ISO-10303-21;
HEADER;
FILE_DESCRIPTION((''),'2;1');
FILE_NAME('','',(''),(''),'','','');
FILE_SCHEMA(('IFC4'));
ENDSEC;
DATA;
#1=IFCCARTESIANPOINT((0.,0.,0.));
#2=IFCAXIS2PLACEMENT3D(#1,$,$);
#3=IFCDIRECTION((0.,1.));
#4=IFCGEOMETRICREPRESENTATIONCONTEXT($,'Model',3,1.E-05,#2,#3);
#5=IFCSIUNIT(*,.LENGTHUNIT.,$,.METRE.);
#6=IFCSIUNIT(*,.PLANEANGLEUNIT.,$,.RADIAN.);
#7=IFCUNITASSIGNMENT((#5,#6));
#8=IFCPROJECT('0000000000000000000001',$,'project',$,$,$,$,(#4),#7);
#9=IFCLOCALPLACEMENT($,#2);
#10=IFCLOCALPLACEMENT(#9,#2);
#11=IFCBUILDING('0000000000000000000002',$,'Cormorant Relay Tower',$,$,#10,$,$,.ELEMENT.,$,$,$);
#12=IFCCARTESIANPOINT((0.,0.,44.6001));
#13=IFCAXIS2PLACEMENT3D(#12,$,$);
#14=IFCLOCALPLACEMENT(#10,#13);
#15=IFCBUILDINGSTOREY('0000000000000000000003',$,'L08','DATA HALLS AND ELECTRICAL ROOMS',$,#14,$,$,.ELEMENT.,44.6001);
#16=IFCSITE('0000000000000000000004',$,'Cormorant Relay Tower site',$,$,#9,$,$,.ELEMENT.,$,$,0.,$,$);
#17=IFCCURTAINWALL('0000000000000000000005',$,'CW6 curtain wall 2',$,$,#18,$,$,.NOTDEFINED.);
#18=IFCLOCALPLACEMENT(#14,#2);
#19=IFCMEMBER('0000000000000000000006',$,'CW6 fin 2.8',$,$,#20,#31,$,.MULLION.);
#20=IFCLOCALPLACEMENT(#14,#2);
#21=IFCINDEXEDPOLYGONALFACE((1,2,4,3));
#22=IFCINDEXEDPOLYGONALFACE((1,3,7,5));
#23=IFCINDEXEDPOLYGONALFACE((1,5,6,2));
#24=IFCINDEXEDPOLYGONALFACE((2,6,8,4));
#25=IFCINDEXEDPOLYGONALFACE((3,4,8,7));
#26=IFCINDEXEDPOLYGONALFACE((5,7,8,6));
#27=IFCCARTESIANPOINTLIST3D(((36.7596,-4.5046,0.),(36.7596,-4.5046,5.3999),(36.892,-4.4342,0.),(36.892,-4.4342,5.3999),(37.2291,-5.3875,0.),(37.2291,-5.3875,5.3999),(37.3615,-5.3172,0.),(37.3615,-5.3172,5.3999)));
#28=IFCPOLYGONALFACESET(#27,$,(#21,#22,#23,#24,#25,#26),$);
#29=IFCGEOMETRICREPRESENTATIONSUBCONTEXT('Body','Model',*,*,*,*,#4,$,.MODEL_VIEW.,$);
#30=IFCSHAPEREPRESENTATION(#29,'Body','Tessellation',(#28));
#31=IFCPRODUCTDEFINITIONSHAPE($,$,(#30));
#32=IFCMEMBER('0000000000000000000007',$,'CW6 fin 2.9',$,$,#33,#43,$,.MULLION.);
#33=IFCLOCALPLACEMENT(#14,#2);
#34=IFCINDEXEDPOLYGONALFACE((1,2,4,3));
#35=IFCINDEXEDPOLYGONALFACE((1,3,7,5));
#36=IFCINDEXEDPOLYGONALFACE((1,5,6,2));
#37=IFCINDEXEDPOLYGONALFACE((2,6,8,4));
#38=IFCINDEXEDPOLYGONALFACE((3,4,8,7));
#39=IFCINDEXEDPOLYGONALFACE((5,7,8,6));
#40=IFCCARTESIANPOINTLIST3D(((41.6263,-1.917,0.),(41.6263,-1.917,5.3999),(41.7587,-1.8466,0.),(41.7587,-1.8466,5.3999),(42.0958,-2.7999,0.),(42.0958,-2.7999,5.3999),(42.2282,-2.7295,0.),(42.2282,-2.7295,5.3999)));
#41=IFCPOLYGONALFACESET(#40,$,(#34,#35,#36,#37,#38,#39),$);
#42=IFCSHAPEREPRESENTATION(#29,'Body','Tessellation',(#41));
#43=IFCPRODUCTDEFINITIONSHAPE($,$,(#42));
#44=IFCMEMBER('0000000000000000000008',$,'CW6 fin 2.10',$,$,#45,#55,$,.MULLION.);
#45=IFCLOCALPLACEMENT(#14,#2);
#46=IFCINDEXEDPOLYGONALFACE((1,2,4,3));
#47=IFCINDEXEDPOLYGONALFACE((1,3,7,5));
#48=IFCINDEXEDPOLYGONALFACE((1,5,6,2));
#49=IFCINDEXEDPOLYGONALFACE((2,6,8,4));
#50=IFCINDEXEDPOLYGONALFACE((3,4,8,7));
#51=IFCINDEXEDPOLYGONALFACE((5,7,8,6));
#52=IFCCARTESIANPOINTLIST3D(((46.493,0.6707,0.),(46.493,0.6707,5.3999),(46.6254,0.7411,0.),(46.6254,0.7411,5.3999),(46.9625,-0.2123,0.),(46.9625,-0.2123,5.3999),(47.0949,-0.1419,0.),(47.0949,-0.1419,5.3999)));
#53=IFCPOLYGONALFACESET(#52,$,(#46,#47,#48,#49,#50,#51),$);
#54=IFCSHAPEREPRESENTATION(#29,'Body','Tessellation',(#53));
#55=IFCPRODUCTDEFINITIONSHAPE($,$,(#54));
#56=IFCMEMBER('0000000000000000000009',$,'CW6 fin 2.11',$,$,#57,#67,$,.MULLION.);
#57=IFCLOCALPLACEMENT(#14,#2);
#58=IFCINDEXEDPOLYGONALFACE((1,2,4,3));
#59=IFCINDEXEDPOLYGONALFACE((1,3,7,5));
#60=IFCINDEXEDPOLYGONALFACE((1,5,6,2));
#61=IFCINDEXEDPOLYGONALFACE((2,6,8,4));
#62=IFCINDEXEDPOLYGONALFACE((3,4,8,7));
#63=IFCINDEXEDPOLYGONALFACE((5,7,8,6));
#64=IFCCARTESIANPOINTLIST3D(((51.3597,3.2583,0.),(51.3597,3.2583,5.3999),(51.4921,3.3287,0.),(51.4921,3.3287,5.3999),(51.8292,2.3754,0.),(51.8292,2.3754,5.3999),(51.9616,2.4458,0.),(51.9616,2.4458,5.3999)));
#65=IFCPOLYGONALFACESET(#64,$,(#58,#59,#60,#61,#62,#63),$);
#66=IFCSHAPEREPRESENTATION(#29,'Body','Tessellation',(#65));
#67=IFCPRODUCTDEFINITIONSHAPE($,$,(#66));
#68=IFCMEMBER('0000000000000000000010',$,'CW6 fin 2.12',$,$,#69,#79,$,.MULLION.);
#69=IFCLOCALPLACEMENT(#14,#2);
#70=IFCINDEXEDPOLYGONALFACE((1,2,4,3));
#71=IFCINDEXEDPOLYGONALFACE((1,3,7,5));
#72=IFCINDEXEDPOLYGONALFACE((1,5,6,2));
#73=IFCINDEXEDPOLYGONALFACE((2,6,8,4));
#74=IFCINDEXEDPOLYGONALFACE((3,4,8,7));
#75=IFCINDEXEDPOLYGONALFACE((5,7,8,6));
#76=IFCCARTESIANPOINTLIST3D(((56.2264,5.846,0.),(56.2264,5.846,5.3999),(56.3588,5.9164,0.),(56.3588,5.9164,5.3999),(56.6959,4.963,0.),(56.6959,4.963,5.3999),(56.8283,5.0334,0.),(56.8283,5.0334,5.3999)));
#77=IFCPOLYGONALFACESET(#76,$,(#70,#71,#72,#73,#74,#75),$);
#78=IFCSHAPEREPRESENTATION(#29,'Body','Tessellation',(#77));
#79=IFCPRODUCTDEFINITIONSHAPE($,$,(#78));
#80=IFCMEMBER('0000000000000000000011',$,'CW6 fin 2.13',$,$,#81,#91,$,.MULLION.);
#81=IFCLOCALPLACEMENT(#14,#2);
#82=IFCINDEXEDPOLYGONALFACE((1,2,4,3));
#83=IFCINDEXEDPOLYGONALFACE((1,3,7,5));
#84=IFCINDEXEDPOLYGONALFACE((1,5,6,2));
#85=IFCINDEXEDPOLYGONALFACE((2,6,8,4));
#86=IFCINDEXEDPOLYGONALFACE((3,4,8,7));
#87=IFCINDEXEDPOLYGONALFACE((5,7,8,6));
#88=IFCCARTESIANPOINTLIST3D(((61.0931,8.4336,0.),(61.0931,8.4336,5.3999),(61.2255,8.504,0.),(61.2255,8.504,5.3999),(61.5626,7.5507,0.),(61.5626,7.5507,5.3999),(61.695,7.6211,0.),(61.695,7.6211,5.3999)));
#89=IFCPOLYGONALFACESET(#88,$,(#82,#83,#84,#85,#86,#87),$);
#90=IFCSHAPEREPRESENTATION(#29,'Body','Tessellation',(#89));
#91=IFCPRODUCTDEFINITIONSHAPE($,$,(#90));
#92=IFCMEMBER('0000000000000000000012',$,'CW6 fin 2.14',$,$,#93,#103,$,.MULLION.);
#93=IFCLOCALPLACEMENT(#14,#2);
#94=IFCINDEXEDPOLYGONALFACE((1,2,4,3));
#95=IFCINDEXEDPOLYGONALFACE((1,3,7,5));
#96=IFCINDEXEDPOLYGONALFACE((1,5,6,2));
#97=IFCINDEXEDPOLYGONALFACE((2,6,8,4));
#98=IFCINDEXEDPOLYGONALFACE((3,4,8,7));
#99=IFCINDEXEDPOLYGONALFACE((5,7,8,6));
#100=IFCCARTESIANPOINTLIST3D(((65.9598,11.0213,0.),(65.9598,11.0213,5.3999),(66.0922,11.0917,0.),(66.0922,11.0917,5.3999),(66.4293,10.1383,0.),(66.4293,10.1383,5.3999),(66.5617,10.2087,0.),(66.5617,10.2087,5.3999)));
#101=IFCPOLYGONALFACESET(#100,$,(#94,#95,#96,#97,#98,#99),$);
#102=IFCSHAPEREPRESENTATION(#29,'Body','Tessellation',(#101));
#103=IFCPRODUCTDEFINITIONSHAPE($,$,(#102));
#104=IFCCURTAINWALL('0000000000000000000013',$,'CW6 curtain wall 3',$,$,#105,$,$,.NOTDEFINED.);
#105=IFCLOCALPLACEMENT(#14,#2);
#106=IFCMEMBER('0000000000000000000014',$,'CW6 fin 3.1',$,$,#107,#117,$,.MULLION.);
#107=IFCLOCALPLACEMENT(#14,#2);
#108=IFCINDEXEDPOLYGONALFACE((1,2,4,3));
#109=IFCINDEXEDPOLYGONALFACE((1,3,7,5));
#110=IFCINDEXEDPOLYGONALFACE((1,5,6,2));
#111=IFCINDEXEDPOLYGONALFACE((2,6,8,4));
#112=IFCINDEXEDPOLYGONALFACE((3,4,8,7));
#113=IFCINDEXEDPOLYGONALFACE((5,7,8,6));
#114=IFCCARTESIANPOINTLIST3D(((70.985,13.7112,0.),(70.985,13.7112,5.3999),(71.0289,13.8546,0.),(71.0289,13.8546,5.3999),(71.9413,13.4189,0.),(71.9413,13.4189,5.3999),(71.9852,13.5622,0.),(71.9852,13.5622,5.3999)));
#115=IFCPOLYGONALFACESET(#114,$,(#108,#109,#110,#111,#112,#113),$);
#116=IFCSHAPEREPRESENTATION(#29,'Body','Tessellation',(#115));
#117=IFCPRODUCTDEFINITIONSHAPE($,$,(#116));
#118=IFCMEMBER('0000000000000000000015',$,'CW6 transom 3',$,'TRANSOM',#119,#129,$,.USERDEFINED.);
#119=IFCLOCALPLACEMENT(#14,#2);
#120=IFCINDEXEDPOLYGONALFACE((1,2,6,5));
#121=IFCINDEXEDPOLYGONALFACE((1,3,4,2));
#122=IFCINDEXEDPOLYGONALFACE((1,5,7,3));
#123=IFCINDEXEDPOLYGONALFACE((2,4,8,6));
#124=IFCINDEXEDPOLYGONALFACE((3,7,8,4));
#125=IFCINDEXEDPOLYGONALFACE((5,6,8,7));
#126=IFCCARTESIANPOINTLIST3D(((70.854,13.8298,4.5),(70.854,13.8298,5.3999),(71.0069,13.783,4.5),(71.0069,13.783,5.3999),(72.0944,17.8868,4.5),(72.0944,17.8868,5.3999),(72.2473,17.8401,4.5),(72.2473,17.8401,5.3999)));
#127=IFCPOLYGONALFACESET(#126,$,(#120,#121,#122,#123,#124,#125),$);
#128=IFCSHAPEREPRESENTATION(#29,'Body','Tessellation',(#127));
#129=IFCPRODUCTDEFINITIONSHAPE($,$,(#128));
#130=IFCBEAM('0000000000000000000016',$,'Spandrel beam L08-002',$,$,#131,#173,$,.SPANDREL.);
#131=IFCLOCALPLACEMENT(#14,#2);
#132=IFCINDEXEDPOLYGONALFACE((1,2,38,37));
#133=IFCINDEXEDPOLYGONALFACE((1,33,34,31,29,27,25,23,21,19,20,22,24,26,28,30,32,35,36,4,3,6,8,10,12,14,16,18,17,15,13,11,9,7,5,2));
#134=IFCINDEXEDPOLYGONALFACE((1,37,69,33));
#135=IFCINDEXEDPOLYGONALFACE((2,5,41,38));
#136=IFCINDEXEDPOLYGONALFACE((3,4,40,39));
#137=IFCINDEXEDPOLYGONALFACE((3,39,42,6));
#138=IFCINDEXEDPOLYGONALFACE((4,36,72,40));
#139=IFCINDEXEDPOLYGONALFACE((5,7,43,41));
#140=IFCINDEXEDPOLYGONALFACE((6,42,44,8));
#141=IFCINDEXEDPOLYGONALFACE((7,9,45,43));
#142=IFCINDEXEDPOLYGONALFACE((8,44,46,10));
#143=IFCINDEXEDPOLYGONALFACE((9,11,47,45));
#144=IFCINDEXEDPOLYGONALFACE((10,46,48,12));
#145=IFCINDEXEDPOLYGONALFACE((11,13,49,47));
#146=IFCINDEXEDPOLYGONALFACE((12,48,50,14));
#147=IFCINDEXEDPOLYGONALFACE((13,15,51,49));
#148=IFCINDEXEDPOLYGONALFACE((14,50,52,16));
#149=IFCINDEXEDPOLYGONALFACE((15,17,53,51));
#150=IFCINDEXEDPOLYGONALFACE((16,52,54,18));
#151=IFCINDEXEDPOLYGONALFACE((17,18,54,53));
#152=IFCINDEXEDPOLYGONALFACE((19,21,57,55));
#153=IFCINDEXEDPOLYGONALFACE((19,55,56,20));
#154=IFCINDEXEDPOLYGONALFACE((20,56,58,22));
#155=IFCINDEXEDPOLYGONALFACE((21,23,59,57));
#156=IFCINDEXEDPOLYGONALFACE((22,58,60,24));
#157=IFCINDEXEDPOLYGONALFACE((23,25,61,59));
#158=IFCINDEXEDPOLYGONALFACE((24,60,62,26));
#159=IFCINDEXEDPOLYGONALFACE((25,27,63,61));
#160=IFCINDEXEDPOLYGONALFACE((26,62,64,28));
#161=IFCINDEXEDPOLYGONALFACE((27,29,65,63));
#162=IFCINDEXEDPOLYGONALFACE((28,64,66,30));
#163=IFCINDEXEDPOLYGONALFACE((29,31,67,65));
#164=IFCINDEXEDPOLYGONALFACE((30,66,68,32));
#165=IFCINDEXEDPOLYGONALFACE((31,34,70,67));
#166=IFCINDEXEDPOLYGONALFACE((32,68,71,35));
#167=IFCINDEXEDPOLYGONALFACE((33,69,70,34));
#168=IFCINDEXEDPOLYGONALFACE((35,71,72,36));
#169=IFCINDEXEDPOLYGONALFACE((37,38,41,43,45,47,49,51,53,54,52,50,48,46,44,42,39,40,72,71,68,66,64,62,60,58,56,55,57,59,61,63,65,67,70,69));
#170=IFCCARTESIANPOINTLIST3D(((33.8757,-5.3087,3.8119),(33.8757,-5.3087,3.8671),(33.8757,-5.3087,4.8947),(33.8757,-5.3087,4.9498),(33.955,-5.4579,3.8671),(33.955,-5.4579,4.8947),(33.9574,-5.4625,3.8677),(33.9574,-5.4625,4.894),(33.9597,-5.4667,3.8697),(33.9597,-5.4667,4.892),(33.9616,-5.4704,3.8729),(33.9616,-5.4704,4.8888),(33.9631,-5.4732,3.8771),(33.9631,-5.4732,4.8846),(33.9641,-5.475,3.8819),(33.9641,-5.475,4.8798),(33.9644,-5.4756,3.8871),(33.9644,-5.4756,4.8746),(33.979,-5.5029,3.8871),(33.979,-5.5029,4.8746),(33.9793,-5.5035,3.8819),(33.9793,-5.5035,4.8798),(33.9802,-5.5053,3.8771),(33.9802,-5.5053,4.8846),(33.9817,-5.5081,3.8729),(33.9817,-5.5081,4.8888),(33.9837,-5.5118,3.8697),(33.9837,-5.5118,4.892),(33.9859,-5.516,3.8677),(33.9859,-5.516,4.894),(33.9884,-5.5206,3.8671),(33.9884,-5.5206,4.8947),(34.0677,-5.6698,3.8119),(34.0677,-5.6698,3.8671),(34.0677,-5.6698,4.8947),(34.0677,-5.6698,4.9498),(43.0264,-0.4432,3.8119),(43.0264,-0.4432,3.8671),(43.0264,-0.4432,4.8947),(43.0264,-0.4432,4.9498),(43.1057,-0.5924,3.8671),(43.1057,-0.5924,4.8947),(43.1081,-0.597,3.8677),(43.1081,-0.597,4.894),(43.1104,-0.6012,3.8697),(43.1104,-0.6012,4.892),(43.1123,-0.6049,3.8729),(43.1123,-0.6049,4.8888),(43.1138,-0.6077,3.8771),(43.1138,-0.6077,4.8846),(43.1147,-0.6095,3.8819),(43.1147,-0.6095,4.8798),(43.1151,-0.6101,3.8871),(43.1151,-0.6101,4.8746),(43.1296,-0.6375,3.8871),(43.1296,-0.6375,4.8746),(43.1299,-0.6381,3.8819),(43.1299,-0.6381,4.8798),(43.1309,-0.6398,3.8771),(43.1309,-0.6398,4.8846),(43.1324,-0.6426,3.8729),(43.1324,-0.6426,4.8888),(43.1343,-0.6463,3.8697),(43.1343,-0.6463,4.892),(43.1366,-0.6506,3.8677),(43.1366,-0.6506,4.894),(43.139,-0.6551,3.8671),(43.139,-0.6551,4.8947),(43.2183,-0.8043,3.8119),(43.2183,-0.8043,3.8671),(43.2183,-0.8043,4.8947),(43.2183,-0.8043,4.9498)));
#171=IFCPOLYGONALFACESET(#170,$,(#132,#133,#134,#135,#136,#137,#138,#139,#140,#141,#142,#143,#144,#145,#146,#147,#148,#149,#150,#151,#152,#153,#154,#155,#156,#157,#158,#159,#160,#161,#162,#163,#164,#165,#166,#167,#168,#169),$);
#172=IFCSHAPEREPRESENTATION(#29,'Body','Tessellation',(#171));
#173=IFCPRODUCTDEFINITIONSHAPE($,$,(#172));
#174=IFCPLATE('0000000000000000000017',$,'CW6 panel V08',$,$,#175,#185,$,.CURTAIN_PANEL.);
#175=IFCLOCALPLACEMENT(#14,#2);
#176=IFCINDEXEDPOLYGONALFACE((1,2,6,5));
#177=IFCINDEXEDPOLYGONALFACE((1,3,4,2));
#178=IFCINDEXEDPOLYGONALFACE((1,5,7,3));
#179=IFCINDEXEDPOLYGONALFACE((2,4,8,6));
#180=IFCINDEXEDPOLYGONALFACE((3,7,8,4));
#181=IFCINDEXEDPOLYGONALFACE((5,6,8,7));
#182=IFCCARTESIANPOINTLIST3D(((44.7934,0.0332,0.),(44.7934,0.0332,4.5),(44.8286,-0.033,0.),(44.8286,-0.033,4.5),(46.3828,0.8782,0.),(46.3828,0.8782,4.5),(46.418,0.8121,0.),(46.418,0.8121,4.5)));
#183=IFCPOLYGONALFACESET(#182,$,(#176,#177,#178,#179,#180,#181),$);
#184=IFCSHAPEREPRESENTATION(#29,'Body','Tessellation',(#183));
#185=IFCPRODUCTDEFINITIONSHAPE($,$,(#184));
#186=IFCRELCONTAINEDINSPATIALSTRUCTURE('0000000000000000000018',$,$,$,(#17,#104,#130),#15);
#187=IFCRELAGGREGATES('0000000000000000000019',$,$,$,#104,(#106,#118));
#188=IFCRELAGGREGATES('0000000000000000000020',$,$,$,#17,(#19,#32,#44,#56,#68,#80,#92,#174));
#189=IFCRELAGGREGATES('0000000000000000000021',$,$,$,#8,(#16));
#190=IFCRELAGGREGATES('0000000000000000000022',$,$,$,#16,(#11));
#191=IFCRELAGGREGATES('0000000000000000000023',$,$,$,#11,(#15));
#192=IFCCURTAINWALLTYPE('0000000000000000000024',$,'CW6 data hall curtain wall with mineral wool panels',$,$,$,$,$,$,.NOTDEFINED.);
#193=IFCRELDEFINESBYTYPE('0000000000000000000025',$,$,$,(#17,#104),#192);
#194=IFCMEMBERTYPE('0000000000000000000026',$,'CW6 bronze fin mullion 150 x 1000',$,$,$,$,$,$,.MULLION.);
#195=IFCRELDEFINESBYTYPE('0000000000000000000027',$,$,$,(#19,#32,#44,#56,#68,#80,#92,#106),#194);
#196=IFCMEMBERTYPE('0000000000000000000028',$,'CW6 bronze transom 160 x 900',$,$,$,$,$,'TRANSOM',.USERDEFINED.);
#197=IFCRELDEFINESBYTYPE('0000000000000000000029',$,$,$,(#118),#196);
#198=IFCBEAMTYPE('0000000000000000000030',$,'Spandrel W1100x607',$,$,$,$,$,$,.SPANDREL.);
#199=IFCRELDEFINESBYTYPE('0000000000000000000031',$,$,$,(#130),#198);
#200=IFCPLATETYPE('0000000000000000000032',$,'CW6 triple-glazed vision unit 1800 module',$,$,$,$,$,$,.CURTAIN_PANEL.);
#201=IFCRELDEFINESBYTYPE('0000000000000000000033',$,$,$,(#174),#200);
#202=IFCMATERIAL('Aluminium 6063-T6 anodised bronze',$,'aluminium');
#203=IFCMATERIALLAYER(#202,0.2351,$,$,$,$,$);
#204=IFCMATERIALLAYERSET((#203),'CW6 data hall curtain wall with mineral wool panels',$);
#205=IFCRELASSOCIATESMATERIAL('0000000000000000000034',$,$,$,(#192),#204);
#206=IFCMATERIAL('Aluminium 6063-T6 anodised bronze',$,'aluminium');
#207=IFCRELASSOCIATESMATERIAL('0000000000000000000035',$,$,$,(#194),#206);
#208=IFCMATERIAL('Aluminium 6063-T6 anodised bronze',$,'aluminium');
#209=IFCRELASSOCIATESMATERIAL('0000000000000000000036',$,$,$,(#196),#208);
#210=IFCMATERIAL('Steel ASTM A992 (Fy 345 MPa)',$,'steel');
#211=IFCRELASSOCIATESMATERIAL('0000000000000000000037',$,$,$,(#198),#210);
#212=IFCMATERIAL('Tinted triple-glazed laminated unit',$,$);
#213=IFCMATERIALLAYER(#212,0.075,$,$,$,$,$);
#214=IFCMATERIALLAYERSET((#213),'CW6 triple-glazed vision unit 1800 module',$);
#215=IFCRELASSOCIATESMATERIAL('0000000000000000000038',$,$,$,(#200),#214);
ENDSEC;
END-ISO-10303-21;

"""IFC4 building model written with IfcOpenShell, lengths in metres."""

from ifc_helpers import new_model, si_unit, direction, frame, origin, origin_2d, place, context, subcontext, project, spatial, rectangle, i_section, extrude, material, layer, layer_set, material_profile, profile_set, type_object, element, aggregate, save


model = new_model("IFC4")

# Units and contexts
model_context = context("Model", 3, precision=1e-05, world=origin(), true_north=direction((0.0, 1.0)))
body_context = subcontext(model_context, "Body", "Model", "MODEL_VIEW")
ifc_project = project(units=[si_unit("LENGTHUNIT", "METRE"), si_unit("PLANEANGLEUNIT", "RADIAN")], contexts=[model_context])

# Site, building, storey
site_placement = place(None, origin())
site = spatial("IfcSite", under=ifc_project, at=site_placement, Name="Cormorant Relay Tower site", CompositionType="ELEMENT", RefElevation=0.0)
building_placement = place(site_placement, origin())
building = spatial("IfcBuilding", under=site, at=building_placement, Name="Cormorant Relay Tower", CompositionType="ELEMENT")
storey_placement = place(building_placement, frame((0.0, 0.0, 44.6001)))
storey = spatial("IfcBuildingStorey", under=building, at=storey_placement, Name="L08", Description="DATA HALLS AND ELECTRICAL ROOMS", CompositionType="ELEMENT", Elevation=44.6001)

# Curtain walls, members
ifc_material_1 = material(Name="Aluminium 6063-T6 anodised bronze", Category="aluminium")
ifc_layer_1 = layer(ifc_material_1, 0.2351)
ifc_layer_set_1 = layer_set([ifc_layer_1], Name="CW6 data hall curtain wall with mineral wool panels")
curtain_wall_type = type_object("IfcCurtainWallType", Name="CW6 data hall curtain wall with mineral wool panels", PredefinedType="NOTDEFINED", material=ifc_layer_set_1)
curtain_wall_1_placement = place(storey_placement, origin())
curtain_wall_1 = element("IfcCurtainWall", 1, at=curtain_wall_1_placement, inside=storey, type_object=curtain_wall_type, Name="CW6 curtain wall 2", PredefinedType="NOTDEFINED")
ifc_material_2 = material(Name="Aluminium 6063-T6 anodised bronze", Category="aluminium")
ifc_material_profile_1 = material_profile(ifc_material_2, rectangle(XDim=0.1499, YDim=1.0, at=origin_2d()), Name="AL 150x1000")
ifc_profile_set_1 = profile_set([ifc_material_profile_1], Name="Aluminium 6063-T6 anodised bronze")
member_type_1 = type_object("IfcMemberType", Name="CW6 bronze fin mullion 150 x 1000", PredefinedType="MULLION", material=ifc_profile_set_1)
member_1_placement = place(storey_placement, frame((37.0605, -4.9109, 0.0), z_axis=(0.0, 0.0, 1.0), x_axis=(0.882948, 0.469472, 0.0)))
member_1 = element("IfcMember", 2, at=member_1_placement, type_object=member_type_1, Name="CW6 fin 2.8", PredefinedType="MULLION", context=body_context, shape_type="SweptSolid", body=[
    extrude(rectangle(XDim=0.1499, YDim=1.0, at=origin_2d()), origin(), (0.0, 0.0, 1.0), 5.3999),
])
member_2_placement = place(storey_placement, frame((41.9272, -2.3232, 0.0), z_axis=(0.0, 0.0, 1.0), x_axis=(0.882948, 0.469472, 0.0)))
member_2 = element("IfcMember", 3, at=member_2_placement, type_object=member_type_1, Name="CW6 fin 2.9", PredefinedType="MULLION", context=body_context, shape_type="SweptSolid", body=[
    extrude(rectangle(XDim=0.1499, YDim=1.0, at=origin_2d()), origin(), (0.0, 0.0, 1.0), 5.3999),
])
member_3_placement = place(storey_placement, frame((46.7939, 0.2644, 0.0), z_axis=(0.0, 0.0, 1.0), x_axis=(0.882948, 0.469472, 0.0)))
member_3 = element("IfcMember", 4, at=member_3_placement, type_object=member_type_1, Name="CW6 fin 2.10", PredefinedType="MULLION", context=body_context, shape_type="SweptSolid", body=[
    extrude(rectangle(XDim=0.1499, YDim=1.0, at=origin_2d()), origin(), (0.0, 0.0, 1.0), 5.3999),
])
member_4_placement = place(storey_placement, frame((51.6606, 2.8521, 0.0), z_axis=(0.0, 0.0, 1.0), x_axis=(0.882948, 0.469472, 0.0)))
member_4 = element("IfcMember", 5, at=member_4_placement, type_object=member_type_1, Name="CW6 fin 2.11", PredefinedType="MULLION", context=body_context, shape_type="SweptSolid", body=[
    extrude(rectangle(XDim=0.1499, YDim=1.0, at=origin_2d()), origin(), (0.0, 0.0, 1.0), 5.3999),
])
member_5_placement = place(storey_placement, frame((56.5273, 5.4397, 0.0), z_axis=(0.0, 0.0, 1.0), x_axis=(0.882948, 0.469472, 0.0)))
member_5 = element("IfcMember", 6, at=member_5_placement, type_object=member_type_1, Name="CW6 fin 2.12", PredefinedType="MULLION", context=body_context, shape_type="SweptSolid", body=[
    extrude(rectangle(XDim=0.1499, YDim=1.0, at=origin_2d()), origin(), (0.0, 0.0, 1.0), 5.3999),
])
member_6_placement = place(storey_placement, frame((61.394, 8.0273, 0.0), z_axis=(0.0, 0.0, 1.0), x_axis=(0.882948, 0.469472, 0.0)))
member_6 = element("IfcMember", 7, at=member_6_placement, type_object=member_type_1, Name="CW6 fin 2.13", PredefinedType="MULLION", context=body_context, shape_type="SweptSolid", body=[
    extrude(rectangle(XDim=0.1499, YDim=1.0, at=origin_2d()), origin(), (0.0, 0.0, 1.0), 5.3999),
])
member_7_placement = place(storey_placement, frame((66.2607, 10.615, 0.0), z_axis=(0.0, 0.0, 1.0), x_axis=(0.882948, 0.469472, 0.0)))
member_7 = element("IfcMember", 8, at=member_7_placement, type_object=member_type_1, Name="CW6 fin 2.14", PredefinedType="MULLION", context=body_context, shape_type="SweptSolid", body=[
    extrude(rectangle(XDim=0.1499, YDim=1.0, at=origin_2d()), origin(), (0.0, 0.0, 1.0), 5.3999),
])
curtain_wall_2_placement = place(storey_placement, origin())
curtain_wall_2 = element("IfcCurtainWall", 9, at=curtain_wall_2_placement, inside=storey, type_object=curtain_wall_type, Name="CW6 curtain wall 3", PredefinedType="NOTDEFINED")
member_8_placement = place(storey_placement, frame((71.4851, 13.6367, 0.0), z_axis=(0.0, 0.0, 1.0), x_axis=(0.292372, 0.956305, 0.0)))
member_8 = element("IfcMember", 10, at=member_8_placement, type_object=member_type_1, Name="CW6 fin 3.1", PredefinedType="MULLION", context=body_context, shape_type="SweptSolid", body=[
    extrude(rectangle(XDim=0.1499, YDim=1.0, at=origin_2d()), origin(), (0.0, 0.0, 1.0), 5.3999),
])
ifc_material_3 = material(Name="Aluminium 6063-T6 anodised bronze", Category="aluminium")
ifc_material_profile_2 = material_profile(ifc_material_3, rectangle(XDim=0.1599, YDim=0.8999, at=origin_2d()), Name="AL 160x900")
ifc_profile_set_2 = profile_set([ifc_material_profile_2], Name="Aluminium 6063-T6 anodised bronze")
member_type_2 = type_object("IfcMemberType", Name="CW6 bronze transom 160 x 900", ElementType="TRANSOM", PredefinedType="USERDEFINED", material=ifc_profile_set_2)
member_9_placement = place(storey_placement, frame((70.9304, 13.8064, 4.95), z_axis=(0.292391, 0.956299, 0.0), x_axis=(-0.956299, 0.292391, 0.0)))
member_9 = element("IfcMember", 11, at=member_9_placement, type_object=member_type_2, Name="CW6 transom 3", ObjectType="TRANSOM", PredefinedType="USERDEFINED", context=body_context, shape_type="SweptSolid", body=[
    extrude(rectangle(XDim=0.1599, YDim=0.8999, at=origin_2d()), origin(), (0.0, 0.0, 1.0), 4.2424),
])
aggregate(curtain_wall_2, [member_8, member_9])

# Beam
ifc_material_4 = material(Name="Steel ASTM A992 (Fy 345 MPa)", Category="steel")
ifc_material_profile_3 = material_profile(ifc_material_4, i_section(OverallWidth=0.4089, OverallDepth=1.1379, WebThickness=0.031, FlangeThickness=0.0552, FilletRadius=0.02, at=origin_2d()), Name="W1100x607")
ifc_profile_set_3 = profile_set([ifc_material_profile_3], Name="Steel ASTM A992 (Fy 345 MPa)")
beam_type = type_object("IfcBeamType", Name="Spandrel W1100x607", PredefinedType="SPANDREL", material=ifc_profile_set_3)
beam_placement = place(storey_placement, frame((33.9717, -5.4893, 4.3809), z_axis=(0.882948, 0.469472, 0.0), x_axis=(-0.469472, 0.882948, 0.0)))
element("IfcBeam", 12, at=beam_placement, inside=storey, type_object=beam_type, Name="Spandrel beam L08-002", PredefinedType="SPANDREL", context=body_context, shape_type="SweptSolid", body=[
    extrude(i_section(OverallWidth=0.4089, OverallDepth=1.1379, WebThickness=0.031, FlangeThickness=0.0552, FilletRadius=0.02, at=origin_2d()), origin(), (0.0, 0.0, 1.0), 10.3638),
])

# Plate
ifc_material_5 = material(Name="Tinted triple-glazed laminated unit")
ifc_layer_2 = layer(ifc_material_5, 0.075)
ifc_layer_set_2 = layer_set([ifc_layer_2], Name="CW6 triple-glazed vision unit 1800 module")
plate_type = type_object("IfcPlateType", Name="CW6 triple-glazed vision unit 1800 module", PredefinedType="CURTAIN_PANEL", material=ifc_layer_set_2)
plate_1_placement = place(storey_placement, frame((45.6057, 0.4226, 0.0), z_axis=(0.0, 0.0, 1.0), x_axis=(0.882948, 0.469472, 0.0)))
plate_1 = element("IfcPlate", 13, at=plate_1_placement, type_object=plate_type, Name="CW6 panel V08", PredefinedType="CURTAIN_PANEL", context=body_context, shape_type="SweptSolid", body=[
    extrude(rectangle(XDim=1.8, YDim=0.075, at=origin_2d()), origin(), (0.0, 0.0, 1.0), 4.5),
])

aggregate(curtain_wall_1, [member_1, member_2, member_3, member_4, member_5, member_6, member_7, plate_1])

save(model, "model.ifc")
